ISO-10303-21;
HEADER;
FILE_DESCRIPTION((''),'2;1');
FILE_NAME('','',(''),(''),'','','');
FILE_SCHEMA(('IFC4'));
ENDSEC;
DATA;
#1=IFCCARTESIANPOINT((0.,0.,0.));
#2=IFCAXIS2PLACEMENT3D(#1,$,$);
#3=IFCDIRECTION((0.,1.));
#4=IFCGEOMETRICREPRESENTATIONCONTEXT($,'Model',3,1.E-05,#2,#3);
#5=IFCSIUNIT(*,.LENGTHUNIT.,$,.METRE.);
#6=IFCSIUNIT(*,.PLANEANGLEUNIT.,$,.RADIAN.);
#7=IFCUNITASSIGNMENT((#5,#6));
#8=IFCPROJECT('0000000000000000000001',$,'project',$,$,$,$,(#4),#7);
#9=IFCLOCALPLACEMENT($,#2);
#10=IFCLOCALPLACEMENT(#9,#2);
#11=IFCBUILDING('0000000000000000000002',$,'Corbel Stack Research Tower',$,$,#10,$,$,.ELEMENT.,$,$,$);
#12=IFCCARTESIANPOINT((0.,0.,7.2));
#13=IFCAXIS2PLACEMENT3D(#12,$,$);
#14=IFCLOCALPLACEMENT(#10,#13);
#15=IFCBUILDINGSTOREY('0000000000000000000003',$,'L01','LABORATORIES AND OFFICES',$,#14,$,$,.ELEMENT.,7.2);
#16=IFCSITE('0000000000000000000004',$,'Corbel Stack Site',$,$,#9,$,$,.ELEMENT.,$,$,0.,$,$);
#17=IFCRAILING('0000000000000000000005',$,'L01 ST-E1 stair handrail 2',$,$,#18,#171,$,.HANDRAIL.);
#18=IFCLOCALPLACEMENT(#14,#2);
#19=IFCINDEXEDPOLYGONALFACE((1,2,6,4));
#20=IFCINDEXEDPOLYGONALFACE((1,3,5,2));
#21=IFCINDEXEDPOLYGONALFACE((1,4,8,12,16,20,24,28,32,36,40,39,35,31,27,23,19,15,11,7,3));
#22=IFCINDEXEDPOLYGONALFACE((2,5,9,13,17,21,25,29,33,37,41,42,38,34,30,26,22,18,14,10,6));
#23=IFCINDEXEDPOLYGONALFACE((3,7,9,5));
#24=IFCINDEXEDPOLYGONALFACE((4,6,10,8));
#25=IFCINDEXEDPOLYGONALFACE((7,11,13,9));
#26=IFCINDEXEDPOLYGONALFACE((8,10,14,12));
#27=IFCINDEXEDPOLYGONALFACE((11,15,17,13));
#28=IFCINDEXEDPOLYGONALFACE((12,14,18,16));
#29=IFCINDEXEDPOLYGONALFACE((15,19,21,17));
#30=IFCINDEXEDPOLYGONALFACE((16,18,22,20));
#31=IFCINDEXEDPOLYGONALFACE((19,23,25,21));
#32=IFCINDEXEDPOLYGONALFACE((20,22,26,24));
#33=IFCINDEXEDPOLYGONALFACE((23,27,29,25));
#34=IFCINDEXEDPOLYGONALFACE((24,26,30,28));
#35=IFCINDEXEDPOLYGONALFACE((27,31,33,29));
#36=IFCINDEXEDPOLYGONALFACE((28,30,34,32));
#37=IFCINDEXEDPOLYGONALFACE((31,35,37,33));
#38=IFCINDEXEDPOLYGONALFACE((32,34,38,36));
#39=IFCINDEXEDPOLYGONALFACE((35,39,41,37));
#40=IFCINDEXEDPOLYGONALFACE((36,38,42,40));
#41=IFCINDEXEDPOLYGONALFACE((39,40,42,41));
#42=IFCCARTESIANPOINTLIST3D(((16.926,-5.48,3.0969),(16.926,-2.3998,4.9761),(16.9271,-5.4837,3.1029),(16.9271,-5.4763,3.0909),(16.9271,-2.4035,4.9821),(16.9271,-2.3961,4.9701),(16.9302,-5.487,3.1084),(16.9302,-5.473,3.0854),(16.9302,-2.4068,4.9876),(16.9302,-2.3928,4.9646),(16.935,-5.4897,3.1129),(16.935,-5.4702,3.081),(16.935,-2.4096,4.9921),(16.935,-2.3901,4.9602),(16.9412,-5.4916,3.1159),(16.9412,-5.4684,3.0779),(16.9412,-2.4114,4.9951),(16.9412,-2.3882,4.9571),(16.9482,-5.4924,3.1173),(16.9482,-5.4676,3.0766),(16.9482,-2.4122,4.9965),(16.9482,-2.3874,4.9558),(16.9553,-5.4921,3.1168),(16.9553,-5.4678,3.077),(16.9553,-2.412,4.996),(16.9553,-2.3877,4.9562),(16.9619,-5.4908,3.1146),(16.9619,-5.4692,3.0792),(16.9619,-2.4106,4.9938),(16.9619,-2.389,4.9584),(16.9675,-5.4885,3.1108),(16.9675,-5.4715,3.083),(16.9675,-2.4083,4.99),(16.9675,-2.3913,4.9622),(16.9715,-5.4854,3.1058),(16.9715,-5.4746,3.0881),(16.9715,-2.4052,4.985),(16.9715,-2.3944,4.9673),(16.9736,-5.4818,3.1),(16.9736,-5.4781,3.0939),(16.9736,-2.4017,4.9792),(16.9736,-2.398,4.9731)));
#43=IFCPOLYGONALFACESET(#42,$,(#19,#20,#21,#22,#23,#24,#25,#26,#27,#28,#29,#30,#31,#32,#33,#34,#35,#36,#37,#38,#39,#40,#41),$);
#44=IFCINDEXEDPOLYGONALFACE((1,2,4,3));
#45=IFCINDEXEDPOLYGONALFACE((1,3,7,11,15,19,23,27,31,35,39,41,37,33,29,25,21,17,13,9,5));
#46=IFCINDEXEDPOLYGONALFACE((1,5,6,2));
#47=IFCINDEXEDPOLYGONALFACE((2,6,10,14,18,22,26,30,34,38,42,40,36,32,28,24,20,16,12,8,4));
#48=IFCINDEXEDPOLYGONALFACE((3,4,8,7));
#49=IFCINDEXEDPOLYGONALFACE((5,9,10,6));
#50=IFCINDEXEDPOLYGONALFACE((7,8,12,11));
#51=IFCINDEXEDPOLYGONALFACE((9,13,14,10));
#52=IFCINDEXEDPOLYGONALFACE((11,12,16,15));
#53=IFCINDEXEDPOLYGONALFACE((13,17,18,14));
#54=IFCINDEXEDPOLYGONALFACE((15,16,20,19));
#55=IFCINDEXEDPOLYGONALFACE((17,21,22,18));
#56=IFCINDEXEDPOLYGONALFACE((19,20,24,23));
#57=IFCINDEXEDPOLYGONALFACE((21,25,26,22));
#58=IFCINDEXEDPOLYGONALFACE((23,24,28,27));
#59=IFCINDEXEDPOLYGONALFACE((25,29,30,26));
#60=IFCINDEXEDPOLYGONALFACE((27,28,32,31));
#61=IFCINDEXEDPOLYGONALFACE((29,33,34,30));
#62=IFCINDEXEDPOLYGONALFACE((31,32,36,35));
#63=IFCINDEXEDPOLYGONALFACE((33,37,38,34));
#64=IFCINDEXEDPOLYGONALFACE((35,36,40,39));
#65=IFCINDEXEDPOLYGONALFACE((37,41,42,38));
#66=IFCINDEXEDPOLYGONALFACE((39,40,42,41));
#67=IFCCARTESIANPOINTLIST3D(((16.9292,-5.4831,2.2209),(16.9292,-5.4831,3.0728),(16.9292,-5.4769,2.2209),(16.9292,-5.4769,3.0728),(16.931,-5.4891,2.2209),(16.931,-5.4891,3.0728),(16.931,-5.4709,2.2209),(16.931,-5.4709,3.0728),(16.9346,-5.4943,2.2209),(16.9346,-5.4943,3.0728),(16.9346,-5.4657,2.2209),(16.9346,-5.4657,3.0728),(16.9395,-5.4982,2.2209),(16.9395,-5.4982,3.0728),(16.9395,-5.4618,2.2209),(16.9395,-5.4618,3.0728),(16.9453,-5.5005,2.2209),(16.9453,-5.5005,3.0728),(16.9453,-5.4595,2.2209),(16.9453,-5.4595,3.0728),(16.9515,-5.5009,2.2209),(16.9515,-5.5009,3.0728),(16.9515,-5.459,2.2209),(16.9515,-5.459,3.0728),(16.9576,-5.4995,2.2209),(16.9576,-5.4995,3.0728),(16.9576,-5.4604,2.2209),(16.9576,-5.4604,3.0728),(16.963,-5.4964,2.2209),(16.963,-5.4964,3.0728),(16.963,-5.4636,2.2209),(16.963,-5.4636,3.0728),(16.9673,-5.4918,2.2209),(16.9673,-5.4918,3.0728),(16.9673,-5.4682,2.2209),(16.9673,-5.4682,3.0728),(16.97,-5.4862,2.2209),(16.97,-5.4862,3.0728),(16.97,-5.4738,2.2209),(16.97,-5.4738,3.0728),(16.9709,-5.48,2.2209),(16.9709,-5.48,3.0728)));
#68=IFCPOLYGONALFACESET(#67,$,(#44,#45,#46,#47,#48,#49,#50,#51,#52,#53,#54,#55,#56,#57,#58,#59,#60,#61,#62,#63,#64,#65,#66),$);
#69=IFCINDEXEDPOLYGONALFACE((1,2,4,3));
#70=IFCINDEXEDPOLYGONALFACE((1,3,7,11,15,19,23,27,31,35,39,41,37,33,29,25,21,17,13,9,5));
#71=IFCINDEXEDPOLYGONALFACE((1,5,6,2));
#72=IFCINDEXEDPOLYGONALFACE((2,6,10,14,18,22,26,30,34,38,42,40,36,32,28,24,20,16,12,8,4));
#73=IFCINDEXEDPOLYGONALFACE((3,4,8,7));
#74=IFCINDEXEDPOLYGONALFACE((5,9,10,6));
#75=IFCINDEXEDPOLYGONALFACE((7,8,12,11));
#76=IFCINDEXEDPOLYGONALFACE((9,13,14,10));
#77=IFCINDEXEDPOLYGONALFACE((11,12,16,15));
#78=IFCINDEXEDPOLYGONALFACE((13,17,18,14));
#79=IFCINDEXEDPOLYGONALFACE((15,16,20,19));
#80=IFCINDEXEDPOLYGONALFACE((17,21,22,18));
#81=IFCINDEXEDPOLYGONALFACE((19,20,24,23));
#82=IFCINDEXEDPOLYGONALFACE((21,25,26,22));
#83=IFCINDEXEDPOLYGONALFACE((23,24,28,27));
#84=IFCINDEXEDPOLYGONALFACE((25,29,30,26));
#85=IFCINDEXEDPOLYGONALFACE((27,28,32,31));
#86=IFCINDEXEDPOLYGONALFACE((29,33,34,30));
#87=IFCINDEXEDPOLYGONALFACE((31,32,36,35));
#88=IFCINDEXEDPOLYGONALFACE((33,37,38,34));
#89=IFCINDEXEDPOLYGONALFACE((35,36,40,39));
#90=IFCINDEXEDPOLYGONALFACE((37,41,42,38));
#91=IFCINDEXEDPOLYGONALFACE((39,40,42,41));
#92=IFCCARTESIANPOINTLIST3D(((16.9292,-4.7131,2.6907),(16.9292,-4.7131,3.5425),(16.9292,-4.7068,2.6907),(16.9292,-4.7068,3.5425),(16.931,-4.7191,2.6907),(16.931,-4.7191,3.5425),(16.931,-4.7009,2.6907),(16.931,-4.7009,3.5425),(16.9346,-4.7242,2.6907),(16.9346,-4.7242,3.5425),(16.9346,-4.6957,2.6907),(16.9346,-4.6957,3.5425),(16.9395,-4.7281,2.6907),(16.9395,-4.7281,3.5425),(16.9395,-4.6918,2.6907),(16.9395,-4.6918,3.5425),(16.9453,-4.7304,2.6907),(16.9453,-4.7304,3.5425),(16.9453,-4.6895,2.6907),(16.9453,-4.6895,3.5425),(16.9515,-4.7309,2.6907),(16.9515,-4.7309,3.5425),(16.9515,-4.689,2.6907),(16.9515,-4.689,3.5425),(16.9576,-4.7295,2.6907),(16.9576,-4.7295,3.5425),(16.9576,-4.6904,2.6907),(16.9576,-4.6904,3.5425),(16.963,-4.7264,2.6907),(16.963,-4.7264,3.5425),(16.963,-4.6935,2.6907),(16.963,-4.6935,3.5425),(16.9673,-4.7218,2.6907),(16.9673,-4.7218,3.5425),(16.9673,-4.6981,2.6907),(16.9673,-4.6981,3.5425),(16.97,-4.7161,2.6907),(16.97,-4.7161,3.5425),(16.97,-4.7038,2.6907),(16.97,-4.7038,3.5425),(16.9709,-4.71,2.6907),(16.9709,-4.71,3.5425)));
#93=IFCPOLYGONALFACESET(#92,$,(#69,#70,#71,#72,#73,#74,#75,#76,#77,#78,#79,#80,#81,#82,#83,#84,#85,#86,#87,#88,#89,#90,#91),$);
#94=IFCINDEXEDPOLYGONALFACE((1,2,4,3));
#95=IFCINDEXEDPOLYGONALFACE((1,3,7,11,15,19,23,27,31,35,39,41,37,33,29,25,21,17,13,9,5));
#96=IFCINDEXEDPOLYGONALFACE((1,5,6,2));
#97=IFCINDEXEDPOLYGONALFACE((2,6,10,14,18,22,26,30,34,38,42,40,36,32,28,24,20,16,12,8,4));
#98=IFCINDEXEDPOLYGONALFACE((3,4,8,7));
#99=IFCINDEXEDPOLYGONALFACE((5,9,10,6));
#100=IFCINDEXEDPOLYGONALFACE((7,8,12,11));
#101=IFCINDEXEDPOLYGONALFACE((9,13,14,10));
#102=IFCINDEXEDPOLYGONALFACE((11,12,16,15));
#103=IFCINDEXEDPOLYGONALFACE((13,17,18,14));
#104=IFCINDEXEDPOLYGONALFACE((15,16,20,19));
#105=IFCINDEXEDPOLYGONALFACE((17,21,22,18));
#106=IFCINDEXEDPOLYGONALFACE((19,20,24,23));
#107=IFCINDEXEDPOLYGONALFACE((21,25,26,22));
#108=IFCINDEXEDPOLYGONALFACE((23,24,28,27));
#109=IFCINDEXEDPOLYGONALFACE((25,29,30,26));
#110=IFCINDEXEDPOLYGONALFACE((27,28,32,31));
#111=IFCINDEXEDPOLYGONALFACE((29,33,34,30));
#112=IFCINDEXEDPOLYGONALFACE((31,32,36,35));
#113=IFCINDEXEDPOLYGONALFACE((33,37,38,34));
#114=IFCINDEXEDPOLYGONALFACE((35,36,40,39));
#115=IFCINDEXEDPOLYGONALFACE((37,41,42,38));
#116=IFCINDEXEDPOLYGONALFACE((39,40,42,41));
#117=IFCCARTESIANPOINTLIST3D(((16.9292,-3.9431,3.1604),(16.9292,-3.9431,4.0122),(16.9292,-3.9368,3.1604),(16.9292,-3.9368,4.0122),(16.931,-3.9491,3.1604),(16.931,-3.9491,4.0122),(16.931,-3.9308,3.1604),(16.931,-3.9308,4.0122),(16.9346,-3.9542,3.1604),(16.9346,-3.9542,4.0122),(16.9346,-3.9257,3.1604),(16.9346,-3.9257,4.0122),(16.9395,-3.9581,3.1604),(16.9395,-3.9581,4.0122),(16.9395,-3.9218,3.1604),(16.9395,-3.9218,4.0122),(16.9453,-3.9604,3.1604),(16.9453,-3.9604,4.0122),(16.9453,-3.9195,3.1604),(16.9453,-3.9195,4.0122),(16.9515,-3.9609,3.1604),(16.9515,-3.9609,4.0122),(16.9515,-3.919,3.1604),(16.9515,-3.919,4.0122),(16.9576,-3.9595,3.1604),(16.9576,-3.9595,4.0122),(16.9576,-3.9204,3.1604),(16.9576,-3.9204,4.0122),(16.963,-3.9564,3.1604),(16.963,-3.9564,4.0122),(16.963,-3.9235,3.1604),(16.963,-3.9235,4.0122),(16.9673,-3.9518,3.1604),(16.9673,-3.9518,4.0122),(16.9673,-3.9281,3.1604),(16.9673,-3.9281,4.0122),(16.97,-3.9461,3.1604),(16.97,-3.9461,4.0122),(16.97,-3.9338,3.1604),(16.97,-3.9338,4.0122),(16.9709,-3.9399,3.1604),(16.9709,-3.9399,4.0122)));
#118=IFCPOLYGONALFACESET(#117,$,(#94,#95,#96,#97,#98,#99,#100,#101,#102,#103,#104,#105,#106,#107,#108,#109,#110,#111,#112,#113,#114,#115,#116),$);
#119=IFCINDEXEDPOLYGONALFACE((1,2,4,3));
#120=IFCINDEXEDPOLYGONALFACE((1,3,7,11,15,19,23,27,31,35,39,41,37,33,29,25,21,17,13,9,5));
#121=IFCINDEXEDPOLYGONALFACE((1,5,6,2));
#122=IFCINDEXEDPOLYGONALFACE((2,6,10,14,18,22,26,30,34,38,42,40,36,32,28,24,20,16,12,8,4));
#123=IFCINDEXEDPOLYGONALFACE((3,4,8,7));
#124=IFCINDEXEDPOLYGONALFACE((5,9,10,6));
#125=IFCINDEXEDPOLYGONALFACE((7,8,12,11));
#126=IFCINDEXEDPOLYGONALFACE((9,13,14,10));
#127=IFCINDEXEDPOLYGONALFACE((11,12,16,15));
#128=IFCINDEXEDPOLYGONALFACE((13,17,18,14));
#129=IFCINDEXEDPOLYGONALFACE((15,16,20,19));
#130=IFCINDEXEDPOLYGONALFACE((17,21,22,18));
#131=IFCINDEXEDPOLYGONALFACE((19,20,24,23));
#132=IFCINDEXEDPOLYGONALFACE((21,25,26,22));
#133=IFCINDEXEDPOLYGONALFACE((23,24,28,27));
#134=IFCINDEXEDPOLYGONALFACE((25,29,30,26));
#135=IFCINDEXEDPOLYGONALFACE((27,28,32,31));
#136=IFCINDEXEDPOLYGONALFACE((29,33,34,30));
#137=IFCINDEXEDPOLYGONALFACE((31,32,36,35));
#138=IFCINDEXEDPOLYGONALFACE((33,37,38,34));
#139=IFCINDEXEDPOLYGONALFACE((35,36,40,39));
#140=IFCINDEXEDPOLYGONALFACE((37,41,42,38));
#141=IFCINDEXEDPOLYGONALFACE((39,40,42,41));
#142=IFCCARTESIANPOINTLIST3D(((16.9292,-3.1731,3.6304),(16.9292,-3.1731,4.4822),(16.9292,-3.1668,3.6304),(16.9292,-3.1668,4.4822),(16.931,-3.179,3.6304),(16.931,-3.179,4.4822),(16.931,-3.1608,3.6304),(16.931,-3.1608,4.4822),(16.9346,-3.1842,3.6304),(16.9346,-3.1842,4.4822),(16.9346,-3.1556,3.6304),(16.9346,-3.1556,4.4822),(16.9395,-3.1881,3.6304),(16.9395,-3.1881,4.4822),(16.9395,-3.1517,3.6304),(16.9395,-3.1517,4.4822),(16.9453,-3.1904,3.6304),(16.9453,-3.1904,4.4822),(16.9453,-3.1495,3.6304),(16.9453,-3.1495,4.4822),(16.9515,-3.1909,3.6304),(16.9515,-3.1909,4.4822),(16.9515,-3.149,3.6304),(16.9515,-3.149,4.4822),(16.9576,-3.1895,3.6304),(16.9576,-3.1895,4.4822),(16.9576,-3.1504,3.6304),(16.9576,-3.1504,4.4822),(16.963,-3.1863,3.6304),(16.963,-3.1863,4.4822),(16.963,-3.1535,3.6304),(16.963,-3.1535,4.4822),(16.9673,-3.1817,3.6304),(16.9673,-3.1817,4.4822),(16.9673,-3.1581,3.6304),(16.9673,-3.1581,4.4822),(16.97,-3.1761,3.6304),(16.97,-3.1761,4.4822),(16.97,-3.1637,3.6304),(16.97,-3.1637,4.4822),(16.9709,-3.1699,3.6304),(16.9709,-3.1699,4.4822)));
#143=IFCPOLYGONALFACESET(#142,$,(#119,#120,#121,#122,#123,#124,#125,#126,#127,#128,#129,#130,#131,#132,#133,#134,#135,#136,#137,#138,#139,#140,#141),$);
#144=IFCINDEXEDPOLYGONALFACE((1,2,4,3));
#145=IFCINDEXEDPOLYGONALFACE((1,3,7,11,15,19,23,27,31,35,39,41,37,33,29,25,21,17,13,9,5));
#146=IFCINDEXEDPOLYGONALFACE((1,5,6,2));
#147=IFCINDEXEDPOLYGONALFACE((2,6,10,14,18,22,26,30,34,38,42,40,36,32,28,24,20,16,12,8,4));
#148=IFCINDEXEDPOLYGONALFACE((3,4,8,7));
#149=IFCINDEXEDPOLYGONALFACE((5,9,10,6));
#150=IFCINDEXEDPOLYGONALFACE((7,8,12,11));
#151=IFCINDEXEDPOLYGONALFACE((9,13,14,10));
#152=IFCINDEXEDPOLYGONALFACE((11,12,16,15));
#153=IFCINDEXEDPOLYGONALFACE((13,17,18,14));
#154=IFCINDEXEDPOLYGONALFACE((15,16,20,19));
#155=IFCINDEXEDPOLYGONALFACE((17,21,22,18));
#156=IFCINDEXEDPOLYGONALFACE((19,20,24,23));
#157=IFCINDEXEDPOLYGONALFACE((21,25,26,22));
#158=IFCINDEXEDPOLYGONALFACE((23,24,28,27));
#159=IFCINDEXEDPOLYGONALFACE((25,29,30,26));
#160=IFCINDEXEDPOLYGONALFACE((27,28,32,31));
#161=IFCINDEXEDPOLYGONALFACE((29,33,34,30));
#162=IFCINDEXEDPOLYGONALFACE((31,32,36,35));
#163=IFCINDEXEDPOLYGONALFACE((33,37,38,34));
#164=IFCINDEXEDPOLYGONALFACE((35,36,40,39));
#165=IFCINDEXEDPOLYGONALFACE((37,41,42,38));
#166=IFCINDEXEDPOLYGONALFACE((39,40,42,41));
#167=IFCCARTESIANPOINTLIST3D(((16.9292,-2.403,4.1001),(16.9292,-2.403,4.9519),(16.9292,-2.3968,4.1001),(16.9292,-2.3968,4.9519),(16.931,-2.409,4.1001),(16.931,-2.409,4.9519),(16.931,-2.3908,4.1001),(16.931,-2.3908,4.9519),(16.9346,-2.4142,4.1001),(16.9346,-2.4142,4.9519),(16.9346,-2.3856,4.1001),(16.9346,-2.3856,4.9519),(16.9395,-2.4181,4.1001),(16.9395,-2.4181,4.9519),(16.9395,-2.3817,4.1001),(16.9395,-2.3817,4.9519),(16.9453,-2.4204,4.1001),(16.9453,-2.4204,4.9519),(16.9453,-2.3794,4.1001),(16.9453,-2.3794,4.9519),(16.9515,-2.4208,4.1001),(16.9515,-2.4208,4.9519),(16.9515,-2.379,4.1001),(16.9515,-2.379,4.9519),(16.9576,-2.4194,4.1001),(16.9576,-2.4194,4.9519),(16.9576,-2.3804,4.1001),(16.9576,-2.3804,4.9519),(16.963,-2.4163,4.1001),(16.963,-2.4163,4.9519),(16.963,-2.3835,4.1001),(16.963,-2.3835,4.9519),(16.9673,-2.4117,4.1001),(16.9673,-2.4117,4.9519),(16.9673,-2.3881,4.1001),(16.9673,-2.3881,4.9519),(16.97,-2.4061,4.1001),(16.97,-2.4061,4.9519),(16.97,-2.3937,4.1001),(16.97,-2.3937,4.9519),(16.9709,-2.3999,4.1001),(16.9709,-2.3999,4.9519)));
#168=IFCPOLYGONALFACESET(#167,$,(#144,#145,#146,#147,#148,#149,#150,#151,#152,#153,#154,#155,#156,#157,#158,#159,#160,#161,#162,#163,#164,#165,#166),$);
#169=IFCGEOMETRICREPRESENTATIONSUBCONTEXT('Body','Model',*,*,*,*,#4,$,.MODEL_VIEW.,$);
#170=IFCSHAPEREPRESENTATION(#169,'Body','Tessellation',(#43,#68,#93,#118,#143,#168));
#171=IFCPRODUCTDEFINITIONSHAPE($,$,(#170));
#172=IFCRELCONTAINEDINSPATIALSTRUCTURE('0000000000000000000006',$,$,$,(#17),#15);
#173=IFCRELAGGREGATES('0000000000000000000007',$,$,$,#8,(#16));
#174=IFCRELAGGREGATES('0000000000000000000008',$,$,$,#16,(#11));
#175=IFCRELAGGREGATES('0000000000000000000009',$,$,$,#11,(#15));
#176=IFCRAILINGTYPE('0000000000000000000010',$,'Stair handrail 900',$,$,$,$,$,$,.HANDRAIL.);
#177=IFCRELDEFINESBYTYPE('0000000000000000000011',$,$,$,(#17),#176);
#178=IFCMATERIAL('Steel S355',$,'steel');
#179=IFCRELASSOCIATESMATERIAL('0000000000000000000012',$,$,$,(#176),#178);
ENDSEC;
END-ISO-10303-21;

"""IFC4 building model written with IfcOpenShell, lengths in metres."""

from ifc_helpers import new_model, si_unit, direction, frame, origin, origin_2d, place, context, subcontext, project, spatial, circle, extrude, material, type_object, element, save


model = new_model("IFC4")

# Units and contexts
model_context = context("Model", 3, precision=1e-05, world=origin(), true_north=direction((0.0, 1.0)))
body_context = subcontext(model_context, "Body", "Model", "MODEL_VIEW")
ifc_project = project(units=[si_unit("LENGTHUNIT", "METRE"), si_unit("PLANEANGLEUNIT", "RADIAN")], contexts=[model_context])

# Site, building, storey
site_placement = place(None, origin())
site = spatial("IfcSite", under=ifc_project, at=site_placement, Name="Corbel Stack Site", CompositionType="ELEMENT", RefElevation=0.0)
building_placement = place(site_placement, origin())
building = spatial("IfcBuilding", under=site, at=building_placement, Name="Corbel Stack Research Tower", CompositionType="ELEMENT")
storey_placement = place(building_placement, frame((0.0, 0.0, 7.2)))
storey = spatial("IfcBuildingStorey", under=building, at=storey_placement, Name="L01", Description="LABORATORIES AND OFFICES", CompositionType="ELEMENT", Elevation=7.2)

# Railing
ifc_material_1 = material(Name="Steel S355", Category="steel")
railing_type = type_object("IfcRailingType", Name="Stair handrail 900", PredefinedType="HANDRAIL", material=ifc_material_1)
railing_placement = place(storey_placement, frame((16.95, -5.48, 2.2209)))
element("IfcRailing", 1, at=railing_placement, inside=storey, type_object=railing_type, Name="L01 ST-E1 stair handrail 2", PredefinedType="HANDRAIL", context=body_context, shape_type="SweptSolid", body=[
    extrude(circle(Radius=0.0239, at=origin_2d()), frame((0.0, 0.0, 0.876), z_axis=(0.0, 0.853666, 0.52082), x_axis=(-1.0, 0.0, 0.0)), (0.0, 0.0, 1.0), 3.6082),
    extrude(circle(Radius=0.021, at=origin_2d()), origin(), (0.0, 0.0, 1.0), 0.8518),
    extrude(circle(Radius=0.021, at=origin_2d()), frame((0.0, 0.77, 0.4697)), (0.0, 0.0, 1.0), 0.8518),
    extrude(circle(Radius=0.021, at=origin_2d()), frame((0.0, 1.54, 0.9395)), (0.0, 0.0, 1.0), 0.8518),
    extrude(circle(Radius=0.021, at=origin_2d()), frame((0.0, 2.3101, 1.4094)), (0.0, 0.0, 1.0), 0.8518),
    extrude(circle(Radius=0.021, at=origin_2d()), frame((0.0, 3.0801, 1.8792)), (0.0, 0.0, 1.0), 0.8518),
])

save(model, "model.ifc")
